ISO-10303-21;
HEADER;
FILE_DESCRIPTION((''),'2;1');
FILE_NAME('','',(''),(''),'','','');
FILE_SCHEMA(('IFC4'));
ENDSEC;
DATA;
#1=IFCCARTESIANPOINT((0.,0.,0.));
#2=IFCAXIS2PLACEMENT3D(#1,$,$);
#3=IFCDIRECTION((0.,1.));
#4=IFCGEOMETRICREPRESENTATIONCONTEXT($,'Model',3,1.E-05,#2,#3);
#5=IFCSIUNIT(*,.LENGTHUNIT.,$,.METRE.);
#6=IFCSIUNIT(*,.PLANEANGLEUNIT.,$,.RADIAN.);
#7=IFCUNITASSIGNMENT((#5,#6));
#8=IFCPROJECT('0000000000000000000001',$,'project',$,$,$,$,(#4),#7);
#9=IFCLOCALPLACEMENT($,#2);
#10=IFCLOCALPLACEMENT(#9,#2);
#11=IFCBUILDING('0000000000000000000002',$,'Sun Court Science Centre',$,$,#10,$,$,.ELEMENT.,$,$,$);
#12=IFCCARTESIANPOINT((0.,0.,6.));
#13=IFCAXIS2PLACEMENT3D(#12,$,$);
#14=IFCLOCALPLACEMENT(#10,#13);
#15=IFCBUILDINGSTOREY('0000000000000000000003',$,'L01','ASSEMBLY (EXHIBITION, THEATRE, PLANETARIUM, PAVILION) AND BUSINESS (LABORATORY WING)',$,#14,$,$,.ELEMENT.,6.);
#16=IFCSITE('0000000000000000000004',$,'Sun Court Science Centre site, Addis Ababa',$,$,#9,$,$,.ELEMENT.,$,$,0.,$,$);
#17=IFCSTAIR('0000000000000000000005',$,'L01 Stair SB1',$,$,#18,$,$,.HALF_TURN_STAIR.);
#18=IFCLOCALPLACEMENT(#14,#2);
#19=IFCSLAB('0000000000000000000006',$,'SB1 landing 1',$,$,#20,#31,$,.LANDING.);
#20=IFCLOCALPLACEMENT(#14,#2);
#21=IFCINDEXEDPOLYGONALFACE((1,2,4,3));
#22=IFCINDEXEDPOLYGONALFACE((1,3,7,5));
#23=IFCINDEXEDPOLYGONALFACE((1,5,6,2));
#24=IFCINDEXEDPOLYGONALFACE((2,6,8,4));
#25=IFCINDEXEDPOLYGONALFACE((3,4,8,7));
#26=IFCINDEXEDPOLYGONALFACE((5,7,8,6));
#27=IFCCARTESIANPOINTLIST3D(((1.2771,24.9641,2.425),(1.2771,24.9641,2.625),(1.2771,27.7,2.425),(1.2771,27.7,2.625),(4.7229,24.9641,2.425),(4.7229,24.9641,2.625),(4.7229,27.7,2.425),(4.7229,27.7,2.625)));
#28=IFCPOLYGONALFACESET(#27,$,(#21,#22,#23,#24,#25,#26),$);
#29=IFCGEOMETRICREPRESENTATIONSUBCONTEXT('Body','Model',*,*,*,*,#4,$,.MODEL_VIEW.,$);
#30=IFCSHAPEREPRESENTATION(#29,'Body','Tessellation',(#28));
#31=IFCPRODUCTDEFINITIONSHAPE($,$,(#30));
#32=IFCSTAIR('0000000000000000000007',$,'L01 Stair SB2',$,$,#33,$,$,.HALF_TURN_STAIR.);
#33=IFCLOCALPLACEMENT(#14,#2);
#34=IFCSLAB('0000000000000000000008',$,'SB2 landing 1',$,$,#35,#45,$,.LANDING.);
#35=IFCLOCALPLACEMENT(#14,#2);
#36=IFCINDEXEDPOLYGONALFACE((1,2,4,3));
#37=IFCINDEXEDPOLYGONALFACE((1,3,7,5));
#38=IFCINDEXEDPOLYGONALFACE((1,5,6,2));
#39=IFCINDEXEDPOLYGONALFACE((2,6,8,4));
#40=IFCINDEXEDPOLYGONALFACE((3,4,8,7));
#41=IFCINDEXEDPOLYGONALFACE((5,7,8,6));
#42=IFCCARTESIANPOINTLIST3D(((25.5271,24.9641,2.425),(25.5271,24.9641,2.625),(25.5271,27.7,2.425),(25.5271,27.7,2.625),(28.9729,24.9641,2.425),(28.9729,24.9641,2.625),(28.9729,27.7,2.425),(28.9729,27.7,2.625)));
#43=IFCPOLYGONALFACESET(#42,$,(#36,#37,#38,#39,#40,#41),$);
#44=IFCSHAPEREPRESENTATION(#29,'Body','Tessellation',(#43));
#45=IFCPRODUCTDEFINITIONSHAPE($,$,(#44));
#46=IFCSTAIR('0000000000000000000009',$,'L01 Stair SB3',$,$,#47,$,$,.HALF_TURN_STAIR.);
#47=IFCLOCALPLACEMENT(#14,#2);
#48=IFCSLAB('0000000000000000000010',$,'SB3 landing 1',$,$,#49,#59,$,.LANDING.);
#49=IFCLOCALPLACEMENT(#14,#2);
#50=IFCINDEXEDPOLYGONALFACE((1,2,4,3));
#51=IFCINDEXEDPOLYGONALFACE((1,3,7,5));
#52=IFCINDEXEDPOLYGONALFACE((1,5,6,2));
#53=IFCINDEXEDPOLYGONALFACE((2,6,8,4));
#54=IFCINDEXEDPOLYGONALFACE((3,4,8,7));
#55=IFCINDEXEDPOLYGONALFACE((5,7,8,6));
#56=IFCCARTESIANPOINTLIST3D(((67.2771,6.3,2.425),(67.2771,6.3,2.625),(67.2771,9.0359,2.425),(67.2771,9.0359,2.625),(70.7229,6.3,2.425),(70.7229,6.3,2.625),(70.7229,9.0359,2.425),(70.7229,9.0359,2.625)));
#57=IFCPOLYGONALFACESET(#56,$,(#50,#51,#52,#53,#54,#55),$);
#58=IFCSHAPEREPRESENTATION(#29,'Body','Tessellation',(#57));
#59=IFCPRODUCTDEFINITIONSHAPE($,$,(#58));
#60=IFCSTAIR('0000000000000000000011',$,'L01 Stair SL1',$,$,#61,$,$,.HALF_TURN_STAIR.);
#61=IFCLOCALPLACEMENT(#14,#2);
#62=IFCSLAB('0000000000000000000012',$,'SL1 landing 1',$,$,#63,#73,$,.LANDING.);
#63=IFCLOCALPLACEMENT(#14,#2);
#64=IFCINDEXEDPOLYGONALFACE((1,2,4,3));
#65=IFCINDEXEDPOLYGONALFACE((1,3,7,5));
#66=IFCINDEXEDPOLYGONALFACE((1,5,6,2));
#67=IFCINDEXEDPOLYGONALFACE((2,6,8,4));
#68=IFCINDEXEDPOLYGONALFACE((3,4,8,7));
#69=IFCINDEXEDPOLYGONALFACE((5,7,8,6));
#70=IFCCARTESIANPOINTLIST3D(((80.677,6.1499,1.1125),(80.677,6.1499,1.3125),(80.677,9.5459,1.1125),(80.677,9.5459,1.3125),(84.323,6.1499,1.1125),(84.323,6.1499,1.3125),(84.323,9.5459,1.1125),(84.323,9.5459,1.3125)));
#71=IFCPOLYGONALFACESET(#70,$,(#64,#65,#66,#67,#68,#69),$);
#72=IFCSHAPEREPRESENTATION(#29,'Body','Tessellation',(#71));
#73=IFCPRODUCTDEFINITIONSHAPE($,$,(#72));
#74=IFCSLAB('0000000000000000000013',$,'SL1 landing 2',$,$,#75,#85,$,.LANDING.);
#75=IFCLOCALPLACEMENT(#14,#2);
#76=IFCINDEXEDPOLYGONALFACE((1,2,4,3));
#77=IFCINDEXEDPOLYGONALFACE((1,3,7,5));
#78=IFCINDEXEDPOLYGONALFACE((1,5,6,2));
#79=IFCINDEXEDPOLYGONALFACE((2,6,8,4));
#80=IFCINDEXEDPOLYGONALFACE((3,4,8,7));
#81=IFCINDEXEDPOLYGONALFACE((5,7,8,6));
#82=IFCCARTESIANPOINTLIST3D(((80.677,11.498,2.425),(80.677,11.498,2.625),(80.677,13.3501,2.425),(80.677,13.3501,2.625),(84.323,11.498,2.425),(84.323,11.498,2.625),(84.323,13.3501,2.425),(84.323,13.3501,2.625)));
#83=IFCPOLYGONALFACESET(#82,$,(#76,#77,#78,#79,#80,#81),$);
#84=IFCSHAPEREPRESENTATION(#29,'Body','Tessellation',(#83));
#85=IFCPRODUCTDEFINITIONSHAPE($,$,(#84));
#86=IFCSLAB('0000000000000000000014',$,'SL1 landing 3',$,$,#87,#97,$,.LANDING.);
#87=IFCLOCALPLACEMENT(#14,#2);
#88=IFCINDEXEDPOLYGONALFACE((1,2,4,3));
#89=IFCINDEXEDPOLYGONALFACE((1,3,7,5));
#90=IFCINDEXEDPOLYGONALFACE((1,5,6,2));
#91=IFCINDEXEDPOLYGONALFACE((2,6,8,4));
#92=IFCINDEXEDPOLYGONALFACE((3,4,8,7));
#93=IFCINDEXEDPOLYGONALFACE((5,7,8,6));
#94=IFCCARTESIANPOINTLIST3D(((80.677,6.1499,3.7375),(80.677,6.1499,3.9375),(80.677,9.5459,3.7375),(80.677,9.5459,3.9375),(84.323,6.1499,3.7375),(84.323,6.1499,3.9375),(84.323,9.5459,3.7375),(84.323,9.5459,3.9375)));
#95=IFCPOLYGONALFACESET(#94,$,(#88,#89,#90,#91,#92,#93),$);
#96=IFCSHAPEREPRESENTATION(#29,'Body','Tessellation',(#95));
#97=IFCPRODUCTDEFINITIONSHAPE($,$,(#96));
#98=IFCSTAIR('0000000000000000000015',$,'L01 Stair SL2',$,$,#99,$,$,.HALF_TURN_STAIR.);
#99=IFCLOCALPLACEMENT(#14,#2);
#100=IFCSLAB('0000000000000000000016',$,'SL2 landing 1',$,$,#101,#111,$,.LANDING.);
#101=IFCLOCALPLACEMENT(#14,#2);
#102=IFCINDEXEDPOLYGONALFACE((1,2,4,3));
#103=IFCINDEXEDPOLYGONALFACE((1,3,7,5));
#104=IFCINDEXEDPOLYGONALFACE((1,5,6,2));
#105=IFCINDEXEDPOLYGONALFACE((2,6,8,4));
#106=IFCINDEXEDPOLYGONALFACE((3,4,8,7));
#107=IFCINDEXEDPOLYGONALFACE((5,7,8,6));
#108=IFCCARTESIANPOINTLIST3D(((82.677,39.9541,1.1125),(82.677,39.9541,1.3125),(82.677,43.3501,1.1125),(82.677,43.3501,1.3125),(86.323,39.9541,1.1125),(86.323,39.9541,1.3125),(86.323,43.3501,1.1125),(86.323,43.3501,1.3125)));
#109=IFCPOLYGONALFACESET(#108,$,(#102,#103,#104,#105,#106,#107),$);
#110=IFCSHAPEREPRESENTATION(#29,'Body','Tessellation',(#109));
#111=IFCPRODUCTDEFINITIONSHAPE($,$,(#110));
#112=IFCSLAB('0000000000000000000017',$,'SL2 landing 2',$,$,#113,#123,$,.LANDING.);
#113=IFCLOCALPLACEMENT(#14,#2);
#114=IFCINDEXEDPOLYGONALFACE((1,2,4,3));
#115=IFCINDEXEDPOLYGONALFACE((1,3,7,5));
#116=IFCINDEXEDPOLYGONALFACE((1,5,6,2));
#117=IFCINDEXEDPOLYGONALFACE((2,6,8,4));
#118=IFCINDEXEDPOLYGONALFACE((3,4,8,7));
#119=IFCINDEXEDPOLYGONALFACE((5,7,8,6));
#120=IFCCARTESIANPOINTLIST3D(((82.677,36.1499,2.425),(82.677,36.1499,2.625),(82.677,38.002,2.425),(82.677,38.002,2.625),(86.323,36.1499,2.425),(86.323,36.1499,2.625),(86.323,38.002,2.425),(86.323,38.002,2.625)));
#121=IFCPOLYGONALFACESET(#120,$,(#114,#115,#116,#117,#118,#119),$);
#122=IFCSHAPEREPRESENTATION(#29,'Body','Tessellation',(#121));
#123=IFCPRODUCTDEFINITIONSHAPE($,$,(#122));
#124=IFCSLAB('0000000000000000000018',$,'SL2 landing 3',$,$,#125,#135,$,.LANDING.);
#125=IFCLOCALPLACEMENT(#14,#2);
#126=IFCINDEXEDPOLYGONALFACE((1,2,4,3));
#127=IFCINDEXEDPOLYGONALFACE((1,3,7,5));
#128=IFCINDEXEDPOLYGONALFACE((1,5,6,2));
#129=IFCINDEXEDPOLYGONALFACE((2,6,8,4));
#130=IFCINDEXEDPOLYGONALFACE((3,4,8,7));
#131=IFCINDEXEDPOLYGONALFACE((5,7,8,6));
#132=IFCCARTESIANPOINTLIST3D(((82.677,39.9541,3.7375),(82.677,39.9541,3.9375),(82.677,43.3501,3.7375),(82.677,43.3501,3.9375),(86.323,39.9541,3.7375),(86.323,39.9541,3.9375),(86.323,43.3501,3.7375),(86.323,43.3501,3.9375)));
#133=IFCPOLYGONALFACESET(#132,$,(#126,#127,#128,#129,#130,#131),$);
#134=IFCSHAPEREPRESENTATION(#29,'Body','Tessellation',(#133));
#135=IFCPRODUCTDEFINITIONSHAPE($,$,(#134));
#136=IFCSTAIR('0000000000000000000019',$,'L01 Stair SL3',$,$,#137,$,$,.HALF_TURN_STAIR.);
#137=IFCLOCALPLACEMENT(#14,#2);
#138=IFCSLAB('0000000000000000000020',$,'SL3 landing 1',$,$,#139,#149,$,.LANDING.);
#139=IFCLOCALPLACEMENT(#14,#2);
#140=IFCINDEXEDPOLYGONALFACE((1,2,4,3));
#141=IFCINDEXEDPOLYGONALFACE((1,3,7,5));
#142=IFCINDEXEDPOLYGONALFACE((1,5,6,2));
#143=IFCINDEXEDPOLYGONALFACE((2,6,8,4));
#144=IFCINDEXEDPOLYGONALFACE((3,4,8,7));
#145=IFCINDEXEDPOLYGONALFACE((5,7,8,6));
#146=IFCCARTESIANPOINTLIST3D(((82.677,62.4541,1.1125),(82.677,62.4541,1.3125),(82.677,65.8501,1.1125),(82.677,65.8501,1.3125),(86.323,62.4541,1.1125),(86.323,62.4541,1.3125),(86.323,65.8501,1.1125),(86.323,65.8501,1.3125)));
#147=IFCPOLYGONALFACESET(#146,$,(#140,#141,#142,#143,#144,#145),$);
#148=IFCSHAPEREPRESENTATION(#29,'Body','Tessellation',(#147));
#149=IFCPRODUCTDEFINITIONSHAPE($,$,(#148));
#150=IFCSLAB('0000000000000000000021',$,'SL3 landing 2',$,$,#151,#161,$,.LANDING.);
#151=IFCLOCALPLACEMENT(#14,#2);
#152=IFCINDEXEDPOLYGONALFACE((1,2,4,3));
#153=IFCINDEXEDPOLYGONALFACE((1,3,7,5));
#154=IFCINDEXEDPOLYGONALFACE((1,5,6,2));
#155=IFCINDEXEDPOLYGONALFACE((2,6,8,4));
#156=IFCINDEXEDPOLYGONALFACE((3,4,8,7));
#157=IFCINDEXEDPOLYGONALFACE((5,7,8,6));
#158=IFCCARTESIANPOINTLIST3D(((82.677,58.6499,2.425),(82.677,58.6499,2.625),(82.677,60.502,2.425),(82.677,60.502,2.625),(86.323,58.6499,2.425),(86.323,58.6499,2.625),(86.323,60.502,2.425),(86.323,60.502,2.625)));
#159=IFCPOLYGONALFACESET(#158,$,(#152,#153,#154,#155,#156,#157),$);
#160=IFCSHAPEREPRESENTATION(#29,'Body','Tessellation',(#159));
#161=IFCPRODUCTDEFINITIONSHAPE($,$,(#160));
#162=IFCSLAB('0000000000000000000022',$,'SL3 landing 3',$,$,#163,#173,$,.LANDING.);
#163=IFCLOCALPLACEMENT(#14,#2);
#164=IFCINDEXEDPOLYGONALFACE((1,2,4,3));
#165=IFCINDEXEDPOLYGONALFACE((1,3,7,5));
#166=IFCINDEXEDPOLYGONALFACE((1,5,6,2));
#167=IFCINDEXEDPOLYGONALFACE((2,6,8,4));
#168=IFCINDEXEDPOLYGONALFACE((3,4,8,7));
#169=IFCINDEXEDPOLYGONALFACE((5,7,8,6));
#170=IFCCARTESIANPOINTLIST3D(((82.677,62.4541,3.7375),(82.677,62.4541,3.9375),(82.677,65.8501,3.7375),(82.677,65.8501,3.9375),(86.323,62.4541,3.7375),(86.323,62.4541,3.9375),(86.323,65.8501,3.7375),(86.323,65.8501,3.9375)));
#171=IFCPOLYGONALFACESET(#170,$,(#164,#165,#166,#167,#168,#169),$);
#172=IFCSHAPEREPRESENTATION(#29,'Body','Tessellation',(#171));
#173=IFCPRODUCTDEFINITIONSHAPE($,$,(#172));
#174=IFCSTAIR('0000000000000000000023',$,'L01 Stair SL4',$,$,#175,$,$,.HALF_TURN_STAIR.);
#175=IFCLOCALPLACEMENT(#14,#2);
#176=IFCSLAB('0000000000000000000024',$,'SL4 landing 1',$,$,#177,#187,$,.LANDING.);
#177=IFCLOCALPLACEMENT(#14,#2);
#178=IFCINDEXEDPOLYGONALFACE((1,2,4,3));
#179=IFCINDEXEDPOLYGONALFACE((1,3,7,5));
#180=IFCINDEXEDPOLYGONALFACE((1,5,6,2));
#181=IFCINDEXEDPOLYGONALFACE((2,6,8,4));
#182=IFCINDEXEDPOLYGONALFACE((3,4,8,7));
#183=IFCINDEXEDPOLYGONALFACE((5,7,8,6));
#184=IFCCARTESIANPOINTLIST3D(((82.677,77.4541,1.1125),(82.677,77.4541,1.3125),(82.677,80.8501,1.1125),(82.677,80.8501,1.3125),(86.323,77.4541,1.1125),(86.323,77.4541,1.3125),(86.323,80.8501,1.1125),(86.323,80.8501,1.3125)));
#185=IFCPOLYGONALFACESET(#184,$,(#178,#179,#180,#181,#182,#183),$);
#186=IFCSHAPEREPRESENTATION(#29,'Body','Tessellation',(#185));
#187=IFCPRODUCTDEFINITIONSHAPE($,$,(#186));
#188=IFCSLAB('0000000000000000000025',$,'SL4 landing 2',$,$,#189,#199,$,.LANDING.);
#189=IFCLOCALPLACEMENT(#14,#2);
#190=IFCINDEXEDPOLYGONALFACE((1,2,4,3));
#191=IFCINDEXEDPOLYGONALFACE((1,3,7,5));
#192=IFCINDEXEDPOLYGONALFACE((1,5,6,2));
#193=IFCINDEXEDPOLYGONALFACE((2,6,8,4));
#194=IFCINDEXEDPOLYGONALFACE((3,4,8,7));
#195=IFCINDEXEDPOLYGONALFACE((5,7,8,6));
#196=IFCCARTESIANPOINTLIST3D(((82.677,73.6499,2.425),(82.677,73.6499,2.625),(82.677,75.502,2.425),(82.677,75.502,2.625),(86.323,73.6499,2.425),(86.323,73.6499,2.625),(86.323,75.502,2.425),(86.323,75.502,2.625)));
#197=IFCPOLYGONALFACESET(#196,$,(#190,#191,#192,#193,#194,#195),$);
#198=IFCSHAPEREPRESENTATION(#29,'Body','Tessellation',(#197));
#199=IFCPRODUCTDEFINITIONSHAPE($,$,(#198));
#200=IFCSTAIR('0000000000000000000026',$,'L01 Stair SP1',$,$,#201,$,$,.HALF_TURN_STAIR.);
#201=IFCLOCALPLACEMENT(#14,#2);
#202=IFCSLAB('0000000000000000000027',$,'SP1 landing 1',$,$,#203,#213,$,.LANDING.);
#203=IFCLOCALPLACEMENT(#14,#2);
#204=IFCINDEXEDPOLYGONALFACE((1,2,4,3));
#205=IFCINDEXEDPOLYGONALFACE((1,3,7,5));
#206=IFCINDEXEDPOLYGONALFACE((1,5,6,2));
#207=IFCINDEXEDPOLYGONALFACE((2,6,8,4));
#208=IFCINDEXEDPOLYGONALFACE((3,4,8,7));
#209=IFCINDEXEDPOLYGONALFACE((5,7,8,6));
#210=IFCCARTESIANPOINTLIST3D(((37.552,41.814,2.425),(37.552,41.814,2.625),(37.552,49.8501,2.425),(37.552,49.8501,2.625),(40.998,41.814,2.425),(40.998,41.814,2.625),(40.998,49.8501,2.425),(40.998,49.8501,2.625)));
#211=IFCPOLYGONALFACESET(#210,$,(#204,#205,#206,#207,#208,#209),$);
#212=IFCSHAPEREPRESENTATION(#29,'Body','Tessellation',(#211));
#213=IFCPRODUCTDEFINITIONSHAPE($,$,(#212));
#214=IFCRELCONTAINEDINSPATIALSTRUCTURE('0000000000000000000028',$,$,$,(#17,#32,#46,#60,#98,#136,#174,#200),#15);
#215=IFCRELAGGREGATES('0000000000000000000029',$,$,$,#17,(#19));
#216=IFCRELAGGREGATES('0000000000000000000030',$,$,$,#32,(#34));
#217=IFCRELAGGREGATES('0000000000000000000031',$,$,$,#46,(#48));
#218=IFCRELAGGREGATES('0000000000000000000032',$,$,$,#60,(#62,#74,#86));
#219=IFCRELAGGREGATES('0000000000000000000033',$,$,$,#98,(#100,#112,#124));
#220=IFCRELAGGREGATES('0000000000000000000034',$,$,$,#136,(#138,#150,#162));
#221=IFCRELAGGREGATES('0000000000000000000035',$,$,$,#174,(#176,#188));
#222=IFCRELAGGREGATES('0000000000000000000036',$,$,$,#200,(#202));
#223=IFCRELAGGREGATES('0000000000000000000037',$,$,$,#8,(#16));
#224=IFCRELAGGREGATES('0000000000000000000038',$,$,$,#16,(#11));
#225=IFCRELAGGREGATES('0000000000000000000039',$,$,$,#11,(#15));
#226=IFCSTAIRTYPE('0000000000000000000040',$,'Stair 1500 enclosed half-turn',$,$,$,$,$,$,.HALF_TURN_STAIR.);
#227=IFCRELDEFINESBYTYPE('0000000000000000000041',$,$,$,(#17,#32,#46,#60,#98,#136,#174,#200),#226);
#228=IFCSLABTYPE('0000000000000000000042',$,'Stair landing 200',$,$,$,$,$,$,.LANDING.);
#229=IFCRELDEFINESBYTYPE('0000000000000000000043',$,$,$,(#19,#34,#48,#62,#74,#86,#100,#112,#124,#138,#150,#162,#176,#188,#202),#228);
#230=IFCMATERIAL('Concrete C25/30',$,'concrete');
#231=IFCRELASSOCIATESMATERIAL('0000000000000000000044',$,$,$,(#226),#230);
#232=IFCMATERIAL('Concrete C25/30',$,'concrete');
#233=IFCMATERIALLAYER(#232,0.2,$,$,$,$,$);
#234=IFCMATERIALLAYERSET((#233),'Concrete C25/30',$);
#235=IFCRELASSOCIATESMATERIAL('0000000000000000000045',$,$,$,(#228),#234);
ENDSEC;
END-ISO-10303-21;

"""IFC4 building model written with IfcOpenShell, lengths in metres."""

from ifc_helpers import new_model, si_unit, direction, frame, origin, place, context, subcontext, project, spatial, polyline, outline, extrude, material, layer, layer_set, type_object, element, aggregate, save


model = new_model("IFC4")

# Units and contexts
model_context = context("Model", 3, precision=1e-05, world=origin(), true_north=direction((0.0, 1.0)))
body_context = subcontext(model_context, "Body", "Model", "MODEL_VIEW")
ifc_project = project(units=[si_unit("LENGTHUNIT", "METRE"), si_unit("PLANEANGLEUNIT", "RADIAN")], contexts=[model_context])

# Site, building, storey
site_placement = place(None, origin())
site = spatial("IfcSite", under=ifc_project, at=site_placement, Name="Sun Court Science Centre site, Addis Ababa", CompositionType="ELEMENT", RefElevation=0.0)
building_placement = place(site_placement, origin())
building = spatial("IfcBuilding", under=site, at=building_placement, Name="Sun Court Science Centre", CompositionType="ELEMENT")
storey_placement = place(building_placement, frame((0.0, 0.0, 6.0)))
storey = spatial("IfcBuildingStorey", under=building, at=storey_placement, Name="L01", Description="ASSEMBLY (EXHIBITION, THEATRE, PLANETARIUM, PAVILION) AND BUSINESS (LABORATORY WING)", CompositionType="ELEMENT", Elevation=6.0)

# Stairs, slabs
ifc_material_1 = material(Name="Concrete C25/30", Category="concrete")
stair_type_1 = type_object("IfcStairType", Name="Stair 1500 enclosed half-turn", PredefinedType="HALF_TURN_STAIR", material=ifc_material_1)
stair_1_placement = place(storey_placement, origin())
stair_1 = element("IfcStair", 1, at=stair_1_placement, inside=storey, type_object=stair_type_1, Name="L01 Stair SB1", PredefinedType="HALF_TURN_STAIR")
ifc_material_2 = material(Name="Concrete C25/30", Category="concrete")
ifc_layer_1 = layer(ifc_material_2, 0.2)
ifc_layer_set_1 = layer_set([ifc_layer_1], Name="Concrete C25/30")
slab_type_1 = type_object("IfcSlabType", Name="Stair landing 200", PredefinedType="LANDING", material=ifc_layer_set_1)
slab_1_placement = place(storey_placement, frame((0.0, 0.0, 2.425)))
slab_1 = element("IfcSlab", 2, at=slab_1_placement, type_object=slab_type_1, Name="SB1 landing 1", PredefinedType="LANDING", context=body_context, shape_type="SweptSolid", body=[
    extrude(outline(polyline([(4.7229, 24.9641), (4.7229, 27.7), (1.2771, 27.7), (1.2771, 24.9641), (4.7229, 24.9641)])), origin(), (0.0, 0.0, 1.0), 0.2),
])
aggregate(stair_1, [slab_1])
stair_2_placement = place(storey_placement, origin())
stair_2 = element("IfcStair", 3, at=stair_2_placement, inside=storey, type_object=stair_type_1, Name="L01 Stair SB2", PredefinedType="HALF_TURN_STAIR")
slab_2_placement = place(storey_placement, frame((0.0, 0.0, 2.425)))
slab_2 = element("IfcSlab", 4, at=slab_2_placement, type_object=slab_type_1, Name="SB2 landing 1", PredefinedType="LANDING", context=body_context, shape_type="SweptSolid", body=[
    extrude(outline(polyline([(28.9729, 24.9641), (28.9729, 27.7), (25.5271, 27.7), (25.5271, 24.9641), (28.9729, 24.9641)])), origin(), (0.0, 0.0, 1.0), 0.2),
])
aggregate(stair_2, [slab_2])
stair_3_placement = place(storey_placement, origin())
stair_3 = element("IfcStair", 5, at=stair_3_placement, inside=storey, type_object=stair_type_1, Name="L01 Stair SB3", PredefinedType="HALF_TURN_STAIR")
slab_3_placement = place(storey_placement, frame((0.0, 0.0, 2.425)))
slab_3 = element("IfcSlab", 6, at=slab_3_placement, type_object=slab_type_1, Name="SB3 landing 1", PredefinedType="LANDING", context=body_context, shape_type="SweptSolid", body=[
    extrude(outline(polyline([(67.2771, 9.0359), (67.2771, 6.3), (70.7229, 6.3), (70.7229, 9.0359), (67.2771, 9.0359)])), origin(), (0.0, 0.0, 1.0), 0.2),
])
aggregate(stair_3, [slab_3])

# Stairs, slabs
stair_4_placement = place(storey_placement, origin())
stair_4 = element("IfcStair", 7, at=stair_4_placement, inside=storey, type_object=stair_type_1, Name="L01 Stair SL1", PredefinedType="HALF_TURN_STAIR")
slab_4_placement = place(storey_placement, frame((0.0, 0.0, 1.1125)))
slab_4 = element("IfcSlab", 8, at=slab_4_placement, type_object=slab_type_1, Name="SL1 landing 1", PredefinedType="LANDING", context=body_context, shape_type="SweptSolid", body=[
    extrude(outline(polyline([(80.677, 9.5459), (80.677, 6.1499), (84.323, 6.1499), (84.323, 9.5459), (80.677, 9.5459)])), origin(), (0.0, 0.0, 1.0), 0.2),
])
slab_5_placement = place(storey_placement, frame((0.0, 0.0, 2.425)))
slab_5 = element("IfcSlab", 9, at=slab_5_placement, type_object=slab_type_1, Name="SL1 landing 2", PredefinedType="LANDING", context=body_context, shape_type="SweptSolid", body=[
    extrude(outline(polyline([(80.677, 13.3501), (80.677, 11.498), (84.323, 11.498), (84.323, 13.3501), (80.677, 13.3501)])), origin(), (0.0, 0.0, 1.0), 0.2),
])
slab_6_placement = place(storey_placement, frame((0.0, 0.0, 3.7375)))
slab_6 = element("IfcSlab", 10, at=slab_6_placement, type_object=slab_type_1, Name="SL1 landing 3", PredefinedType="LANDING", context=body_context, shape_type="SweptSolid", body=[
    extrude(outline(polyline([(80.677, 9.5459), (80.677, 6.1499), (84.323, 6.1499), (84.323, 9.5459), (80.677, 9.5459)])), origin(), (0.0, 0.0, 1.0), 0.2),
])
aggregate(stair_4, [slab_4, slab_5, slab_6])
stair_5_placement = place(storey_placement, origin())
stair_5 = element("IfcStair", 11, at=stair_5_placement, inside=storey, type_object=stair_type_1, Name="L01 Stair SL2", PredefinedType="HALF_TURN_STAIR")
slab_7_placement = place(storey_placement, frame((0.0, 0.0, 1.1125)))
slab_7 = element("IfcSlab", 12, at=slab_7_placement, type_object=slab_type_1, Name="SL2 landing 1", PredefinedType="LANDING", context=body_context, shape_type="SweptSolid", body=[
    extrude(outline(polyline([(86.323, 39.9541), (86.323, 43.3501), (82.677, 43.3501), (82.677, 39.9541), (86.323, 39.9541)])), origin(), (0.0, 0.0, 1.0), 0.2),
])
slab_8_placement = place(storey_placement, frame((0.0, 0.0, 2.425)))
slab_8 = element("IfcSlab", 13, at=slab_8_placement, type_object=slab_type_1, Name="SL2 landing 2", PredefinedType="LANDING", context=body_context, shape_type="SweptSolid", body=[
    extrude(outline(polyline([(86.323, 36.1499), (86.323, 38.002), (82.677, 38.002), (82.677, 36.1499), (86.323, 36.1499)])), origin(), (0.0, 0.0, 1.0), 0.2),
])
slab_9_placement = place(storey_placement, frame((0.0, 0.0, 3.7375)))
slab_9 = element("IfcSlab", 14, at=slab_9_placement, type_object=slab_type_1, Name="SL2 landing 3", PredefinedType="LANDING", context=body_context, shape_type="SweptSolid", body=[
    extrude(outline(polyline([(86.323, 39.9541), (86.323, 43.3501), (82.677, 43.3501), (82.677, 39.9541), (86.323, 39.9541)])), origin(), (0.0, 0.0, 1.0), 0.2),
])
aggregate(stair_5, [slab_7, slab_8, slab_9])
stair_6_placement = place(storey_placement, origin())
stair_6 = element("IfcStair", 15, at=stair_6_placement, inside=storey, type_object=stair_type_1, Name="L01 Stair SL3", PredefinedType="HALF_TURN_STAIR")
slab_10_placement = place(storey_placement, frame((0.0, 0.0, 1.1125)))
slab_10 = element("IfcSlab", 16, at=slab_10_placement, type_object=slab_type_1, Name="SL3 landing 1", PredefinedType="LANDING", context=body_context, shape_type="SweptSolid", body=[
    extrude(outline(polyline([(86.323, 62.4541), (86.323, 65.8501), (82.677, 65.8501), (82.677, 62.4541), (86.323, 62.4541)])), origin(), (0.0, 0.0, 1.0), 0.2),
])
slab_11_placement = place(storey_placement, frame((0.0, 0.0, 2.425)))
slab_11 = element("IfcSlab", 17, at=slab_11_placement, type_object=slab_type_1, Name="SL3 landing 2", PredefinedType="LANDING", context=body_context, shape_type="SweptSolid", body=[
    extrude(outline(polyline([(86.323, 58.6499), (86.323, 60.502), (82.677, 60.502), (82.677, 58.6499), (86.323, 58.6499)])), origin(), (0.0, 0.0, 1.0), 0.2),
])
slab_12_placement = place(storey_placement, frame((0.0, 0.0, 3.7375)))
slab_12 = element("IfcSlab", 18, at=slab_12_placement, type_object=slab_type_1, Name="SL3 landing 3", PredefinedType="LANDING", context=body_context, shape_type="SweptSolid", body=[
    extrude(outline(polyline([(86.323, 62.4541), (86.323, 65.8501), (82.677, 65.8501), (82.677, 62.4541), (86.323, 62.4541)])), origin(), (0.0, 0.0, 1.0), 0.2),
])
aggregate(stair_6, [slab_10, slab_11, slab_12])
stair_7_placement = place(storey_placement, origin())
stair_7 = element("IfcStair", 19, at=stair_7_placement, inside=storey, type_object=stair_type_1, Name="L01 Stair SL4", PredefinedType="HALF_TURN_STAIR")
slab_13_placement = place(storey_placement, frame((0.0, 0.0, 1.1125)))
slab_13 = element("IfcSlab", 20, at=slab_13_placement, type_object=slab_type_1, Name="SL4 landing 1", PredefinedType="LANDING", context=body_context, shape_type="SweptSolid", body=[
    extrude(outline(polyline([(86.323, 77.4541), (86.323, 80.8501), (82.677, 80.8501), (82.677, 77.4541), (86.323, 77.4541)])), origin(), (0.0, 0.0, 1.0), 0.2),
])
slab_14_placement = place(storey_placement, frame((0.0, 0.0, 2.425)))
slab_14 = element("IfcSlab", 21, at=slab_14_placement, type_object=slab_type_1, Name="SL4 landing 2", PredefinedType="LANDING", context=body_context, shape_type="SweptSolid", body=[
    extrude(outline(polyline([(86.323, 73.6499), (86.323, 75.502), (82.677, 75.502), (82.677, 73.6499), (86.323, 73.6499)])), origin(), (0.0, 0.0, 1.0), 0.2),
])
aggregate(stair_7, [slab_13, slab_14])

# Stair, slab
stair_8_placement = place(storey_placement, origin())
stair_8 = element("IfcStair", 22, at=stair_8_placement, inside=storey, type_object=stair_type_1, Name="L01 Stair SP1", PredefinedType="HALF_TURN_STAIR")
slab_15_placement = place(storey_placement, frame((0.0, 0.0, 2.425)))
slab_15 = element("IfcSlab", 23, at=slab_15_placement, type_object=slab_type_1, Name="SP1 landing 1", PredefinedType="LANDING", context=body_context, shape_type="SweptSolid", body=[
    extrude(outline(polyline([(40.998, 41.814), (40.998, 49.8501), (37.552, 49.8501), (37.552, 41.814), (40.998, 41.814)])), origin(), (0.0, 0.0, 1.0), 0.2),
])
aggregate(stair_8, [slab_15])

save(model, "model.ifc")
